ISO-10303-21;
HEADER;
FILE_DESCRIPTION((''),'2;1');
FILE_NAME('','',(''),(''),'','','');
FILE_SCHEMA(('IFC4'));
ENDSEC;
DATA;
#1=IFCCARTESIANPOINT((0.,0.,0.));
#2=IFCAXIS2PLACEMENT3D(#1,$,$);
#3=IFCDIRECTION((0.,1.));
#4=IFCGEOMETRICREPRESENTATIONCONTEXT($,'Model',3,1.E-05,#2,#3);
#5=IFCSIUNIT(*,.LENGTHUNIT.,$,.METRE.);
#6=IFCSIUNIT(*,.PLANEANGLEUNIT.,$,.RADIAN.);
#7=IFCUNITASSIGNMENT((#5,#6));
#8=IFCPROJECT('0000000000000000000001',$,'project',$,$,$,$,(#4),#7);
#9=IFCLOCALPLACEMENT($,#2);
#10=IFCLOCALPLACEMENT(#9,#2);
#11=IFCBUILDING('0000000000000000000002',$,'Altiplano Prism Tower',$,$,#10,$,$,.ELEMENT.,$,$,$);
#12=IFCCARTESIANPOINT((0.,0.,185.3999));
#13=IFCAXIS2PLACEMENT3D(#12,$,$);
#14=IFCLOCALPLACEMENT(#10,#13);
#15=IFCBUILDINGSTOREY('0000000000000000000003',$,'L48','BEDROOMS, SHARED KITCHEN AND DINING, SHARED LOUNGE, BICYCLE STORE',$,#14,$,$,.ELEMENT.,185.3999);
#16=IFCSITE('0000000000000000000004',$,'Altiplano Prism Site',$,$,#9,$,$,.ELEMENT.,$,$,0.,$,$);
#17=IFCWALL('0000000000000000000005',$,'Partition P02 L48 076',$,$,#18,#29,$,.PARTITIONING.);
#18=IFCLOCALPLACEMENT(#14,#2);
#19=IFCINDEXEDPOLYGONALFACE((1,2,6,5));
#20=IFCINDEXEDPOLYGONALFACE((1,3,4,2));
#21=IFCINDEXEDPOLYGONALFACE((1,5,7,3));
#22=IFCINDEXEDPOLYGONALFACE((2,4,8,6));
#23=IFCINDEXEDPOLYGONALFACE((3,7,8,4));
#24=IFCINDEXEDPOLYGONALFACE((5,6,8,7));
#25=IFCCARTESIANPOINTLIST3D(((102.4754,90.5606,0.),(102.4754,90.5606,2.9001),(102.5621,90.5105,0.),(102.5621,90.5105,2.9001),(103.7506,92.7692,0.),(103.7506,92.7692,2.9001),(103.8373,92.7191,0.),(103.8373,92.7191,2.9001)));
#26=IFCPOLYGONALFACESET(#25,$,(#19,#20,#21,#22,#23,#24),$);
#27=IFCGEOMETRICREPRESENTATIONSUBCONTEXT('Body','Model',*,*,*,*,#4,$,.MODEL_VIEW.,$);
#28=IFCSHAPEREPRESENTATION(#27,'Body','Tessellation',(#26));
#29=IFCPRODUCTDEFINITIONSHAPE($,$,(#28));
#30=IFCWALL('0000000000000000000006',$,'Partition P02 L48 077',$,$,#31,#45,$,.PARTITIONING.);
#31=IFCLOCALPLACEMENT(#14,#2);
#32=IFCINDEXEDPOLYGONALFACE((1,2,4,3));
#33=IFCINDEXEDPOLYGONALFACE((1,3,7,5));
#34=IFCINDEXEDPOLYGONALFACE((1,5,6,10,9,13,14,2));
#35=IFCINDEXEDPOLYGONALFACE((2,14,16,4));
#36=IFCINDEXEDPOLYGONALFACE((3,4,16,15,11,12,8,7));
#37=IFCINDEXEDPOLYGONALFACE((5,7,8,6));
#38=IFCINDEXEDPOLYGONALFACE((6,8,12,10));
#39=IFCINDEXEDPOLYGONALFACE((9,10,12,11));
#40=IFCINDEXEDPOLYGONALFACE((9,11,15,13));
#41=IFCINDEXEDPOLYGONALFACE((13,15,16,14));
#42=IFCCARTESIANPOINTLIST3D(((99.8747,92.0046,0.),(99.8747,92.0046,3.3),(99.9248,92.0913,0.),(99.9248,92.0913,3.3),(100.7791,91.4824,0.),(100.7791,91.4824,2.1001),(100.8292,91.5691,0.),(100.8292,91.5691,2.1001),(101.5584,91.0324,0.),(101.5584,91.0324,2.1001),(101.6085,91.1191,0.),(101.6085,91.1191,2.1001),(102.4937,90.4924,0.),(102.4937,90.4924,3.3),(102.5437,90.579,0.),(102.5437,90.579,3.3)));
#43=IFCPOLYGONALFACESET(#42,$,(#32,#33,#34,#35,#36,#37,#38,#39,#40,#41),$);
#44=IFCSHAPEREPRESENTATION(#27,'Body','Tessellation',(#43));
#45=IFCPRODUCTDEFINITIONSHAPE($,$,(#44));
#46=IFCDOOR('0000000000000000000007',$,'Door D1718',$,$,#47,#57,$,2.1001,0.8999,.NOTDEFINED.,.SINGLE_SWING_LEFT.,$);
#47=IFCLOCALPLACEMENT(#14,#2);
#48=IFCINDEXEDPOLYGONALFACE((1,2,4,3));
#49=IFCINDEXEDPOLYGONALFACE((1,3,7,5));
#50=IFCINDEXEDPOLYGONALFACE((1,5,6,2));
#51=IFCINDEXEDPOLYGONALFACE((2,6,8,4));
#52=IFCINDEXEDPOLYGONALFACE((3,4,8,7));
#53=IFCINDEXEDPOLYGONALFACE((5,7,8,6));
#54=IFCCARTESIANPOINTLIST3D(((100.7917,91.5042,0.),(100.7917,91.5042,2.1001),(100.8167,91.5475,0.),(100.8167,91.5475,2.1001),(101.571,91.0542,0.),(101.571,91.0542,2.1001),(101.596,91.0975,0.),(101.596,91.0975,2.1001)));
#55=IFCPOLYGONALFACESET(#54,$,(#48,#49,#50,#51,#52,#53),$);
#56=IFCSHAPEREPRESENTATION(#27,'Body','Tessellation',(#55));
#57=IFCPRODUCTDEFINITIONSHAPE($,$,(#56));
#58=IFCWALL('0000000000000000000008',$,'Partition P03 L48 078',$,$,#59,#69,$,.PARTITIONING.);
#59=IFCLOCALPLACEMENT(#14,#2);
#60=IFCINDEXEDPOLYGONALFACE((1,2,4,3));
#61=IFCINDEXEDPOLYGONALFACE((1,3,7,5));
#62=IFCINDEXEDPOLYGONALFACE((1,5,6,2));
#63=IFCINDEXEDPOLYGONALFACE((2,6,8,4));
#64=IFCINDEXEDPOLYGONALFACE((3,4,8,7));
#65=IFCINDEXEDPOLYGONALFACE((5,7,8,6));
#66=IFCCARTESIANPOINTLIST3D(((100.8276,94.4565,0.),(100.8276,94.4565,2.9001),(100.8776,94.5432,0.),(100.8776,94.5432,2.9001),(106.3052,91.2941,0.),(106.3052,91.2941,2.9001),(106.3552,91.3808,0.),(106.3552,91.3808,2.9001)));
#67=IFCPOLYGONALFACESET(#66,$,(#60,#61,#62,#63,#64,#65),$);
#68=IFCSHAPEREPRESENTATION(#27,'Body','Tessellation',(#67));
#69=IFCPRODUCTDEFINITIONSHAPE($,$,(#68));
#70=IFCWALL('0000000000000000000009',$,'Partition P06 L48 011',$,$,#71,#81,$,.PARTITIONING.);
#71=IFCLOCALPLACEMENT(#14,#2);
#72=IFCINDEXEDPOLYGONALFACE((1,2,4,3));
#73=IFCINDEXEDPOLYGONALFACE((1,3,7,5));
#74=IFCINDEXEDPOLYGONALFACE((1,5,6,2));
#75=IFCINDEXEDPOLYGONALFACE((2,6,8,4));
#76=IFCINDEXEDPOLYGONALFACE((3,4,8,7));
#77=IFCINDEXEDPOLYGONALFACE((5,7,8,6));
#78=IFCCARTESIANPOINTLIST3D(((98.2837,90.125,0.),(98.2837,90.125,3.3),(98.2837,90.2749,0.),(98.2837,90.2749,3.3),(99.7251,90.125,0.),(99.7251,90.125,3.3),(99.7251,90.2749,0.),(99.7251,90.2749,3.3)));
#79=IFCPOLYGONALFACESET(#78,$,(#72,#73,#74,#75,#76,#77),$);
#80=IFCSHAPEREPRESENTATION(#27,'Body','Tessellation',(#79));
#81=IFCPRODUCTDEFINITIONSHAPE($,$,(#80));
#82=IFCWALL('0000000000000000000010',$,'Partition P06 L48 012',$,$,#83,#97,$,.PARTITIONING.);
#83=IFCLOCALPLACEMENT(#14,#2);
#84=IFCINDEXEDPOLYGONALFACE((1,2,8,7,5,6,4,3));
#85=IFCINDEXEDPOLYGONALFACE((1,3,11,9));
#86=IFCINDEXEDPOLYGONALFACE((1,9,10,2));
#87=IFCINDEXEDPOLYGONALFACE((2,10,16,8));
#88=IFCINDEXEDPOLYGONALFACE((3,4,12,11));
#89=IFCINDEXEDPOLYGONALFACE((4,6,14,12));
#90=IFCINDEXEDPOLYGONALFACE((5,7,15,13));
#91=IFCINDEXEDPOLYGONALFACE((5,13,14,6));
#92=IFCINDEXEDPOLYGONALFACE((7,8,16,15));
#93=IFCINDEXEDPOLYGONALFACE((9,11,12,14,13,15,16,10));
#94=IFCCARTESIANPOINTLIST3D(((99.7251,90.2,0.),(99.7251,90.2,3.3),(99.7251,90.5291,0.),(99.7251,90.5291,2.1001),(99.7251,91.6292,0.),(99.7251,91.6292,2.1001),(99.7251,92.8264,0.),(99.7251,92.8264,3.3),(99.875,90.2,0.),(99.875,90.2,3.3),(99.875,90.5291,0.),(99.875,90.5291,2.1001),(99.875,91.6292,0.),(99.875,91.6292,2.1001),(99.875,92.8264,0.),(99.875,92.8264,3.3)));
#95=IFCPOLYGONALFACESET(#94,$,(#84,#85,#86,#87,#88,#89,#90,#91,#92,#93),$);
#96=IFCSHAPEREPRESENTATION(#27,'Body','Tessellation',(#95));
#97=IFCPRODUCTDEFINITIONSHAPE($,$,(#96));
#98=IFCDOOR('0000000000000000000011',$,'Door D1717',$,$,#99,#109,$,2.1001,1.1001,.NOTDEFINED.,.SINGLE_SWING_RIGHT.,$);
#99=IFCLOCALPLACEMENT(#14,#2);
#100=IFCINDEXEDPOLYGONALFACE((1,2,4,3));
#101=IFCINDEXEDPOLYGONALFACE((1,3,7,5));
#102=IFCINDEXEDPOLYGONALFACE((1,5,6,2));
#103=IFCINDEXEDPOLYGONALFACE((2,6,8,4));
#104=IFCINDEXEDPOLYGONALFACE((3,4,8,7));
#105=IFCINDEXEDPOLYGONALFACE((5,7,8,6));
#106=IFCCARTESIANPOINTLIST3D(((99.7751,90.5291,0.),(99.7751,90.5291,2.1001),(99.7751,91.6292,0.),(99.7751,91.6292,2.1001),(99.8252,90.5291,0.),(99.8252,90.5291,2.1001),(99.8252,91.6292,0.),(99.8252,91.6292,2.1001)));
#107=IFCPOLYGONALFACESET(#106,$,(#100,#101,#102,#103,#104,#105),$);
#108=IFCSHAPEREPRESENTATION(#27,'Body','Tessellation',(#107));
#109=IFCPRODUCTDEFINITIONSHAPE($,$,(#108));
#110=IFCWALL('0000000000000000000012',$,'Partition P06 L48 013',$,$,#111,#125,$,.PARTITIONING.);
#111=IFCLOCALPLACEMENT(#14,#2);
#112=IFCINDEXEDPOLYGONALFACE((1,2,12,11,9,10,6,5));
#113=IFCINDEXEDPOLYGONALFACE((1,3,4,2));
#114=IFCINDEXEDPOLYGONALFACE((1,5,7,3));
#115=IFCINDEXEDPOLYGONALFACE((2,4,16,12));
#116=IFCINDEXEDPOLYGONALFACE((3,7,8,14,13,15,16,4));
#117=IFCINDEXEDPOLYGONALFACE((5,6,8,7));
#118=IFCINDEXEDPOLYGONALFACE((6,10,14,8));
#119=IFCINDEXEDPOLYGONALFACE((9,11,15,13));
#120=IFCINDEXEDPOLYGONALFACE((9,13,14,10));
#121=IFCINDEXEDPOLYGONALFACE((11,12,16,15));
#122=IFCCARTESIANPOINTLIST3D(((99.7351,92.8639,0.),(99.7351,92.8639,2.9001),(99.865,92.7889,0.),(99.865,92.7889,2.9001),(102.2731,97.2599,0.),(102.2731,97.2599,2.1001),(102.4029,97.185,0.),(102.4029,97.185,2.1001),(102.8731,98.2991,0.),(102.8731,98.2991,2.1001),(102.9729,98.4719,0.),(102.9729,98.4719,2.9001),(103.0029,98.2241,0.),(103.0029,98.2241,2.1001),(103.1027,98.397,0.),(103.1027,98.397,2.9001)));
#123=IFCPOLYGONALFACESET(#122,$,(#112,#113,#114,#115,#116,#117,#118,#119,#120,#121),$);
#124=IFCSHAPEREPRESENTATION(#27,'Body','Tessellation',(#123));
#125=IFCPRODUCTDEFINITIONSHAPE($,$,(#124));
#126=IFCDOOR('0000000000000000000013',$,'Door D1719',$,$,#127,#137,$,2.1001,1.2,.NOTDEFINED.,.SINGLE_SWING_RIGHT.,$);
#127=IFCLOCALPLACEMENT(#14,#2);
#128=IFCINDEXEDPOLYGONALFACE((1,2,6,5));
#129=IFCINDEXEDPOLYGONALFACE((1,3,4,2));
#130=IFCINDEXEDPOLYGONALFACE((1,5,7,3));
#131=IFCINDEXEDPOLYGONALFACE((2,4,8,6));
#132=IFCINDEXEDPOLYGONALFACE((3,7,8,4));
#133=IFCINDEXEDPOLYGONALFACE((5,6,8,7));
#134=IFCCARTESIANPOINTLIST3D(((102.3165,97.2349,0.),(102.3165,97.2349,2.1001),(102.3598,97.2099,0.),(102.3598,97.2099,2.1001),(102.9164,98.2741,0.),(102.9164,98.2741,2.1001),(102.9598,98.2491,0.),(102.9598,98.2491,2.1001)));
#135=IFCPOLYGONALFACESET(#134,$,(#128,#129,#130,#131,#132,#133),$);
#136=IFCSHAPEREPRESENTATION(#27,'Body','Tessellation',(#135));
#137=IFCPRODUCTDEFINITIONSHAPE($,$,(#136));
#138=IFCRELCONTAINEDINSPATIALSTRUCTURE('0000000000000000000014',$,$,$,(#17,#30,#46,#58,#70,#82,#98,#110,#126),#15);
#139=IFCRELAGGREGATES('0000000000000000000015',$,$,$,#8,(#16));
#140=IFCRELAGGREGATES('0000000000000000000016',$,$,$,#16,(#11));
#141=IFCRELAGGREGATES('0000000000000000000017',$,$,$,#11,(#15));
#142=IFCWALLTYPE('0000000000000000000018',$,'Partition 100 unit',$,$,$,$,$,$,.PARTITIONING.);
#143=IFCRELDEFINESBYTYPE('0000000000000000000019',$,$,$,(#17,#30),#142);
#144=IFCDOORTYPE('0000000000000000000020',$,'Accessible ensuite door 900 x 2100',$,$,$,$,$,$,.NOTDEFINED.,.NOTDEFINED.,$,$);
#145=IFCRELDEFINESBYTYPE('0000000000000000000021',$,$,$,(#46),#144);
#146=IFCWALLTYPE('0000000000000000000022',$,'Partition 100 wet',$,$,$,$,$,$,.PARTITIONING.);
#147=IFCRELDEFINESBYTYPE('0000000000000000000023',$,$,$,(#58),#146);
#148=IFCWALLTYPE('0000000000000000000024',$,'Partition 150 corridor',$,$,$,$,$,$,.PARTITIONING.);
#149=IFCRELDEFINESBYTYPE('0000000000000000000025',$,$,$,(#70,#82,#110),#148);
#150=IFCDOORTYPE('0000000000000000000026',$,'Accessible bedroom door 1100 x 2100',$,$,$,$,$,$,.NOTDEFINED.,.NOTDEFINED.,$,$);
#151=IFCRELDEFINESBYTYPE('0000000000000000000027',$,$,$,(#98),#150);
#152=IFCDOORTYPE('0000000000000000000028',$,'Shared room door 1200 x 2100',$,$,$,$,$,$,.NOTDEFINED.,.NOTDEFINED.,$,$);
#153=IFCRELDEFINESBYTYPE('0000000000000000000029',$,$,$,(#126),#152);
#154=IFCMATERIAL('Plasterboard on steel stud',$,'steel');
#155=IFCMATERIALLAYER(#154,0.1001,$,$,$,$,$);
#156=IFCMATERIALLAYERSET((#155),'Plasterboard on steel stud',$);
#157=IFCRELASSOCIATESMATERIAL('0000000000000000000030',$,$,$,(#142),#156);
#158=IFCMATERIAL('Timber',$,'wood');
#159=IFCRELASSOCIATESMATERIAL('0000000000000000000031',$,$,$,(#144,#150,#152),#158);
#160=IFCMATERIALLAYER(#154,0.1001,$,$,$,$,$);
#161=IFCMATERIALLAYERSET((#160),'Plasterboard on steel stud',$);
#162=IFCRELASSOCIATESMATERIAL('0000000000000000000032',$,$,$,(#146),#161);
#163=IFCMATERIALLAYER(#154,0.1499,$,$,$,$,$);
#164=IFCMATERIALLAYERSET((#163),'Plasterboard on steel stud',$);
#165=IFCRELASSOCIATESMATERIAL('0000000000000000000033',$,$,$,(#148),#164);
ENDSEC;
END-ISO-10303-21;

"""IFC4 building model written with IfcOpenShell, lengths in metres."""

from ifc_helpers import new_model, si_unit, direction, frame, frame_2d, origin, place, context, subcontext, project, spatial, rectangle, extrude, material, layer, layer_set, type_object, element, fill, save


model = new_model("IFC4")

# Units and contexts
model_context = context("Model", 3, precision=1e-05, world=origin(), true_north=direction((0.0, 1.0)))
body_context = subcontext(model_context, "Body", "Model", "MODEL_VIEW")
ifc_project = project(units=[si_unit("LENGTHUNIT", "METRE"), si_unit("PLANEANGLEUNIT", "RADIAN")], contexts=[model_context])

# Site, building, storey
site_placement = place(None, origin())
site = spatial("IfcSite", under=ifc_project, at=site_placement, Name="Altiplano Prism Site", CompositionType="ELEMENT", RefElevation=0.0)
building_placement = place(site_placement, origin())
building = spatial("IfcBuilding", under=site, at=building_placement, Name="Altiplano Prism Tower", CompositionType="ELEMENT")
storey_placement = place(building_placement, frame((0.0, 0.0, 185.3999)))
storey = spatial("IfcBuildingStorey", under=building, at=storey_placement, Name="L48", Description="BEDROOMS, SHARED KITCHEN AND DINING, SHARED LOUNGE, BICYCLE STORE", CompositionType="ELEMENT", Elevation=185.3999)

# Wall
ifc_material_1 = material(Name="Plasterboard on steel stud", Category="steel")
ifc_layer_1 = layer(ifc_material_1, 0.1001)
ifc_layer_set_1 = layer_set([ifc_layer_1], Name="Plasterboard on steel stud")
wall_type_1 = type_object("IfcWallType", Name="Partition 100 unit", PredefinedType="PARTITIONING", material=ifc_layer_set_1)
wall_1_placement = place(storey_placement, frame((103.7939, 92.7441, 0.0), z_axis=(0.0, 0.0, 1.0), x_axis=(-0.500021, -0.866013, 0.0)))
element("IfcWall", 1, at=wall_1_placement, inside=storey, type_object=wall_type_1, Name="Partition P02 L48 076", PredefinedType="PARTITIONING", context=body_context, shape_type="SweptSolid", body=[
    extrude(rectangle(XDim=2.5503, YDim=0.1001, at=frame_2d((1.2751, 0.0))), origin(), (0.0, 0.0, 1.0), 2.9001),
])

# Wall, opening, door
wall_2_placement = place(storey_placement, frame((102.5188, 90.5356, 0.0), z_axis=(0.0, 0.0, 1.0), x_axis=(-0.865999, 0.500046, 0.0)))
wall_2 = element("IfcWall", 2, at=wall_2_placement, inside=storey, type_object=wall_type_1, Name="Partition P02 L48 077", PredefinedType="PARTITIONING", context=body_context, shape_type="SweptSolid", body=[
    extrude(rectangle(XDim=3.0242, YDim=0.1001, at=frame_2d((1.5122, 0.0))), origin(), (0.0, 0.0, 1.0), 3.3),
])
opening_1_placement = place(wall_2_placement, frame((1.0801, 0.0, 0.0)))
opening_1 = element("IfcOpeningElement", 3, at=opening_1_placement, cuts=wall_2, PredefinedType="OPENING", context=body_context, shape_type="SweptSolid", body=[
    extrude(rectangle(XDim=0.8999, YDim=2.1001, at=frame_2d((0.45, 1.05))), frame((0.0, 0.0605, 0.0), z_axis=(0.0, -1.0, 0.0), x_axis=(1.0, 0.0, 0.0)), (0.0, 0.0, 1.0), 0.1211),
])
ifc_material_2 = material(Name="Timber", Category="wood")
door_type_1 = type_object("IfcDoorType", Name="Accessible ensuite door 900 x 2100", OperationType="NOTDEFINED", PredefinedType="NOTDEFINED", material=ifc_material_2)
door_1_placement = place(opening_1_placement, origin())
door_1 = element("IfcDoor", 4, at=door_1_placement, inside=storey, type_object=door_type_1, Name="Door D1718", OperationType="SINGLE_SWING_LEFT", OverallHeight=2.1001, OverallWidth=0.8999, PredefinedType="NOTDEFINED", context=body_context, shape_type="SweptSolid", body=[
    extrude(rectangle(XDim=0.8999, YDim=2.1001, at=frame_2d((0.45, 1.05))), frame((0.0, 0.0249, 0.0), z_axis=(0.0, -1.0, 0.0), x_axis=(1.0, 0.0, 0.0)), (0.0, 0.0, 1.0), 0.05),
])
fill(opening_1, door_1)

# Walls
ifc_layer_2 = layer(ifc_material_1, 0.1001)
ifc_layer_set_2 = layer_set([ifc_layer_2], Name="Plasterboard on steel stud")
wall_type_2 = type_object("IfcWallType", Name="Partition 100 wet", PredefinedType="PARTITIONING", material=ifc_layer_set_2)
wall_3_placement = place(storey_placement, frame((106.3303, 91.3374, 0.0), z_axis=(0.0, 0.0, 1.0), x_axis=(-0.866033, 0.499988, 0.0)))
element("IfcWall", 5, at=wall_3_placement, inside=storey, type_object=wall_type_2, Name="Partition P03 L48 078", PredefinedType="PARTITIONING", context=body_context, shape_type="SweptSolid", body=[
    extrude(rectangle(XDim=6.325, YDim=0.1001, at=frame_2d((3.1626, 0.0))), origin(), (0.0, 0.0, 1.0), 2.9001),
])
ifc_layer_3 = layer(ifc_material_1, 0.1499)
ifc_layer_set_3 = layer_set([ifc_layer_3], Name="Plasterboard on steel stud")
wall_type_3 = type_object("IfcWallType", Name="Partition 150 corridor", PredefinedType="PARTITIONING", material=ifc_layer_set_3)
wall_4_placement = place(storey_placement, frame((98.2837, 90.2, 0.0), z_axis=(0.0, 0.0, 1.0), x_axis=(1.0, 0.0, 0.0)))
element("IfcWall", 6, at=wall_4_placement, inside=storey, type_object=wall_type_3, Name="Partition P06 L48 011", PredefinedType="PARTITIONING", context=body_context, shape_type="SweptSolid", body=[
    extrude(rectangle(XDim=1.4414, YDim=0.1499, at=frame_2d((0.7207, 0.0))), origin(), (0.0, 0.0, 1.0), 3.3),
])

# Walls, openings, doors
wall_5_placement = place(storey_placement, frame((99.8, 90.2, 0.0), z_axis=(0.0, 0.0, 1.0), x_axis=(0.0, 1.0, 0.0)))
wall_5 = element("IfcWall", 7, at=wall_5_placement, inside=storey, type_object=wall_type_3, Name="Partition P06 L48 012", PredefinedType="PARTITIONING", context=body_context, shape_type="SweptSolid", body=[
    extrude(rectangle(XDim=2.6265, YDim=0.1499, at=frame_2d((1.3132, 0.0))), origin(), (0.0, 0.0, 1.0), 3.3),
])
opening_2_placement = place(wall_5_placement, frame((0.3291, 0.0, 0.0)))
opening_2 = element("IfcOpeningElement", 8, at=opening_2_placement, cuts=wall_5, PredefinedType="OPENING", context=body_context, shape_type="SweptSolid", body=[
    extrude(rectangle(XDim=1.1001, YDim=2.1001, at=frame_2d((0.55, 1.05))), frame((0.0, 0.0854, 0.0), z_axis=(0.0, -1.0, 0.0), x_axis=(1.0, 0.0, 0.0)), (0.0, 0.0, 1.0), 0.1709),
])
door_type_2 = type_object("IfcDoorType", Name="Accessible bedroom door 1100 x 2100", OperationType="NOTDEFINED", PredefinedType="NOTDEFINED", material=ifc_material_2)
door_2_placement = place(opening_2_placement, origin())
door_2 = element("IfcDoor", 9, at=door_2_placement, inside=storey, type_object=door_type_2, Name="Door D1717", OperationType="SINGLE_SWING_RIGHT", OverallHeight=2.1001, OverallWidth=1.1001, PredefinedType="NOTDEFINED", context=body_context, shape_type="SweptSolid", body=[
    extrude(rectangle(XDim=1.1001, YDim=2.1001, at=frame_2d((0.55, 1.05))), frame((0.0, 0.0249, 0.0), z_axis=(0.0, -1.0, 0.0), x_axis=(1.0, 0.0, 0.0)), (0.0, 0.0, 1.0), 0.05),
])
fill(opening_2, door_2)
wall_6_placement = place(storey_placement, frame((99.8, 92.8264, 0.0), z_axis=(0.0, 0.0, 1.0), x_axis=(0.499991, 0.866031, 0.0)))
wall_6 = element("IfcWall", 10, at=wall_6_placement, inside=storey, type_object=wall_type_3, Name="Partition P06 L48 013", PredefinedType="PARTITIONING", context=body_context, shape_type="SweptSolid", body=[
    extrude(rectangle(XDim=6.4756, YDim=0.1499, at=frame_2d((3.2378, 0.0))), origin(), (0.0, 0.0, 1.0), 2.9001),
])
opening_3_placement = place(wall_6_placement, frame((5.0759, 0.0, 0.0)))
opening_3 = element("IfcOpeningElement", 11, at=opening_3_placement, cuts=wall_6, PredefinedType="OPENING", context=body_context, shape_type="SweptSolid", body=[
    extrude(rectangle(XDim=1.2, YDim=2.1001, at=frame_2d((0.6001, 1.05))), frame((0.0, 0.0854, 0.0), z_axis=(0.0, -1.0, 0.0), x_axis=(1.0, 0.0, 0.0)), (0.0, 0.0, 1.0), 0.1709),
])
door_type_3 = type_object("IfcDoorType", Name="Shared room door 1200 x 2100", OperationType="NOTDEFINED", PredefinedType="NOTDEFINED", material=ifc_material_2)
door_3_placement = place(opening_3_placement, origin())
door_3 = element("IfcDoor", 12, at=door_3_placement, inside=storey, type_object=door_type_3, Name="Door D1719", OperationType="SINGLE_SWING_RIGHT", OverallHeight=2.1001, OverallWidth=1.2, PredefinedType="NOTDEFINED", context=body_context, shape_type="SweptSolid", body=[
    extrude(rectangle(XDim=1.2, YDim=2.1001, at=frame_2d((0.6001, 1.05))), frame((0.0, 0.0249, 0.0), z_axis=(0.0, -1.0, 0.0), x_axis=(1.0, 0.0, 0.0)), (0.0, 0.0, 1.0), 0.05),
])
fill(opening_3, door_3)

save(model, "model.ifc")
